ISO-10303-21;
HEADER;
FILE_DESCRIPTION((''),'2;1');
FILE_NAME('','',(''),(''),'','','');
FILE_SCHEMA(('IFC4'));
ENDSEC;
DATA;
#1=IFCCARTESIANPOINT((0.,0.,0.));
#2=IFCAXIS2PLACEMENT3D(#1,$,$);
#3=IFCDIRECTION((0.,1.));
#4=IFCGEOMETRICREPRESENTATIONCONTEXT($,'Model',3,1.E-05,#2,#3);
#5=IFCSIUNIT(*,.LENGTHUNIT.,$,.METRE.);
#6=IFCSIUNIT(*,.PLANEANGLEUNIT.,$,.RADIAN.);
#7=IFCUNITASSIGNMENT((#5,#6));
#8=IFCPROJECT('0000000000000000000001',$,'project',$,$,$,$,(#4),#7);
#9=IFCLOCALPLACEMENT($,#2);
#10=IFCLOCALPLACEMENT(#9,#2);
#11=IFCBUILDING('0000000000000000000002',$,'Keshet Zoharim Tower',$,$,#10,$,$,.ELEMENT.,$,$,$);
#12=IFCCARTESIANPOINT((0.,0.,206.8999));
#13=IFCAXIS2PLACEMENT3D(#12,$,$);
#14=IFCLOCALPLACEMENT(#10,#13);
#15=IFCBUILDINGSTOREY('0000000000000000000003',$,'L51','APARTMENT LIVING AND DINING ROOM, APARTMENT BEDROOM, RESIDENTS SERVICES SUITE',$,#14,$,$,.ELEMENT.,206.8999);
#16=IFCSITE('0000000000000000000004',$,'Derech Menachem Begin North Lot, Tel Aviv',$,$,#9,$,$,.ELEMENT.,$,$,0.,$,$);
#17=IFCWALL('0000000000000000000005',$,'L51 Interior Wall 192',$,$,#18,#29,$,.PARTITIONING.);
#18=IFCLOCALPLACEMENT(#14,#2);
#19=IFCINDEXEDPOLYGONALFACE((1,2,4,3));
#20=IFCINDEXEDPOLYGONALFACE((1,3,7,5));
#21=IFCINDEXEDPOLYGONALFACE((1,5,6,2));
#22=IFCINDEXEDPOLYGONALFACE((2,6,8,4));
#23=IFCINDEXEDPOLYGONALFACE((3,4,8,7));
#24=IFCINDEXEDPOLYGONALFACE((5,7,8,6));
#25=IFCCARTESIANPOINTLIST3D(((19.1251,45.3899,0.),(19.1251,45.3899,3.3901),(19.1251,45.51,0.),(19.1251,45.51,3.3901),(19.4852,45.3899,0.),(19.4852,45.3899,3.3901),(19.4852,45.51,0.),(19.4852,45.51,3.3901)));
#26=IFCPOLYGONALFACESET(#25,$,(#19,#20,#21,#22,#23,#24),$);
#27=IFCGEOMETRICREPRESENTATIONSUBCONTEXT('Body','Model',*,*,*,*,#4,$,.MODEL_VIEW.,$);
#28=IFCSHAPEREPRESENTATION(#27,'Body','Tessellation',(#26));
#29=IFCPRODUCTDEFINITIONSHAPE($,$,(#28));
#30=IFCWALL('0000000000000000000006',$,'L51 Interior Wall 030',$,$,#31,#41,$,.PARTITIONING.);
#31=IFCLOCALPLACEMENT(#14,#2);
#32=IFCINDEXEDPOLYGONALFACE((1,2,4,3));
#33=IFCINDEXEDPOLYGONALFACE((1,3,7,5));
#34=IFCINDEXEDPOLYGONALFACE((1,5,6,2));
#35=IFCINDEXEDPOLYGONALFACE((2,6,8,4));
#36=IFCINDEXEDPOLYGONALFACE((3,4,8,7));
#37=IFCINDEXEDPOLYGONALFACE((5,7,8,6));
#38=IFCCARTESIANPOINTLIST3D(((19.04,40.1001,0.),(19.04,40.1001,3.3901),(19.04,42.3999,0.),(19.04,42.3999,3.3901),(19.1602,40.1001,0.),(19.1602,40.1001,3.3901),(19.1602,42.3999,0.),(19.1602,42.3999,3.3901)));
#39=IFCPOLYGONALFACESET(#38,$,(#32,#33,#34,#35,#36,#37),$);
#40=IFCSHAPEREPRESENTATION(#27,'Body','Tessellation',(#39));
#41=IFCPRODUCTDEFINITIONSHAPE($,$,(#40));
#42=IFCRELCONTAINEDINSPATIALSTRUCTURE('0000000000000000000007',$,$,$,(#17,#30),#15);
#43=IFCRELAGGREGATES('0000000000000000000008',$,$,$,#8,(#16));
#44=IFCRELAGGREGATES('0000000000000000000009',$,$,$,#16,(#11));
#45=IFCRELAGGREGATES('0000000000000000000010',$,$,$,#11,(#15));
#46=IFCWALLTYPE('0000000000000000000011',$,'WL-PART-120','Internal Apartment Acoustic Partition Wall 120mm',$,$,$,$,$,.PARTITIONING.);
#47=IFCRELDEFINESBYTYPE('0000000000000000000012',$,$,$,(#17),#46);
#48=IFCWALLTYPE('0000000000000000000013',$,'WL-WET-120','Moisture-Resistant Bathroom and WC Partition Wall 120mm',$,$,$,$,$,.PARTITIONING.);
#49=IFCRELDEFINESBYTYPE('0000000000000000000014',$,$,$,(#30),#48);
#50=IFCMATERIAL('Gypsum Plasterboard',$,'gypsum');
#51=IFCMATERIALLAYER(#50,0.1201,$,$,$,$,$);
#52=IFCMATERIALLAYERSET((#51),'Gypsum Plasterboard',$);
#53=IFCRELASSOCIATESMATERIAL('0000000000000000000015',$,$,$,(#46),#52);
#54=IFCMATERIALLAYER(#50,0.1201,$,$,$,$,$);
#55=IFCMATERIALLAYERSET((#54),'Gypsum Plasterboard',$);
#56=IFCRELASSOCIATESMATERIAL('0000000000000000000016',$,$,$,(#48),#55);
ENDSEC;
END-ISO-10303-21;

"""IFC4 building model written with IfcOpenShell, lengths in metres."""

from ifc_helpers import new_model, si_unit, direction, frame, frame_2d, origin, place, context, subcontext, project, spatial, rectangle, extrude, material, layer, layer_set, type_object, element, save


model = new_model("IFC4")

# Units and contexts
model_context = context("Model", 3, precision=1e-05, world=origin(), true_north=direction((0.0, 1.0)))
body_context = subcontext(model_context, "Body", "Model", "MODEL_VIEW")
ifc_project = project(units=[si_unit("LENGTHUNIT", "METRE"), si_unit("PLANEANGLEUNIT", "RADIAN")], contexts=[model_context])

# Site, building, storey
site_placement = place(None, origin())
site = spatial("IfcSite", under=ifc_project, at=site_placement, Name="Derech Menachem Begin North Lot, Tel Aviv", CompositionType="ELEMENT", RefElevation=0.0)
building_placement = place(site_placement, origin())
building = spatial("IfcBuilding", under=site, at=building_placement, Name="Keshet Zoharim Tower", CompositionType="ELEMENT")
storey_placement = place(building_placement, frame((0.0, 0.0, 206.8999)))
storey = spatial("IfcBuildingStorey", under=building, at=storey_placement, Name="L51", Description="APARTMENT LIVING AND DINING ROOM, APARTMENT BEDROOM, RESIDENTS SERVICES SUITE", CompositionType="ELEMENT", Elevation=206.8999)

# Shared definitions
ifc_material_1 = material(Name="Gypsum Plasterboard", Category="gypsum")

# Shared definitions
ifc_layer_1 = layer(ifc_material_1, 0.1201)
ifc_layer_set_1 = layer_set([ifc_layer_1], Name="Gypsum Plasterboard")
wall_type_1 = type_object("IfcWallType", Name="WL-PART-120", Description="Internal Apartment Acoustic Partition Wall 120mm", PredefinedType="PARTITIONING", material=ifc_layer_set_1)

# Walls
wall_1_placement = place(storey_placement, frame((19.125, 45.45, 0.0), z_axis=(0.0, 0.0, 1.0), x_axis=(1.0, 0.0, 0.0)))
element("IfcWall", 1, at=wall_1_placement, inside=storey, type_object=wall_type_1, Name="L51 Interior Wall 192", PredefinedType="PARTITIONING", context=body_context, shape_type="SweptSolid", body=[
    extrude(rectangle(XDim=0.3601, YDim=0.1201, at=frame_2d((0.1802, 0.0))), origin(), (0.0, 0.0, 1.0), 3.3901),
])
ifc_layer_2 = layer(ifc_material_1, 0.1201)
ifc_layer_set_2 = layer_set([ifc_layer_2], Name="Gypsum Plasterboard")
wall_type_2 = type_object("IfcWallType", Name="WL-WET-120", Description="Moisture-Resistant Bathroom and WC Partition Wall 120mm", PredefinedType="PARTITIONING", material=ifc_layer_set_2)
wall_2_placement = place(storey_placement, frame((19.1001, 40.1001, 0.0), z_axis=(0.0, 0.0, 1.0), x_axis=(0.0, 1.0, 0.0)))
element("IfcWall", 2, at=wall_2_placement, inside=storey, type_object=wall_type_2, Name="L51 Interior Wall 030", PredefinedType="PARTITIONING", context=body_context, shape_type="SweptSolid", body=[
    extrude(rectangle(XDim=2.2998, YDim=0.1201, at=frame_2d((1.1499, 0.0))), origin(), (0.0, 0.0, 1.0), 3.3901),
])

save(model, "model.ifc")
